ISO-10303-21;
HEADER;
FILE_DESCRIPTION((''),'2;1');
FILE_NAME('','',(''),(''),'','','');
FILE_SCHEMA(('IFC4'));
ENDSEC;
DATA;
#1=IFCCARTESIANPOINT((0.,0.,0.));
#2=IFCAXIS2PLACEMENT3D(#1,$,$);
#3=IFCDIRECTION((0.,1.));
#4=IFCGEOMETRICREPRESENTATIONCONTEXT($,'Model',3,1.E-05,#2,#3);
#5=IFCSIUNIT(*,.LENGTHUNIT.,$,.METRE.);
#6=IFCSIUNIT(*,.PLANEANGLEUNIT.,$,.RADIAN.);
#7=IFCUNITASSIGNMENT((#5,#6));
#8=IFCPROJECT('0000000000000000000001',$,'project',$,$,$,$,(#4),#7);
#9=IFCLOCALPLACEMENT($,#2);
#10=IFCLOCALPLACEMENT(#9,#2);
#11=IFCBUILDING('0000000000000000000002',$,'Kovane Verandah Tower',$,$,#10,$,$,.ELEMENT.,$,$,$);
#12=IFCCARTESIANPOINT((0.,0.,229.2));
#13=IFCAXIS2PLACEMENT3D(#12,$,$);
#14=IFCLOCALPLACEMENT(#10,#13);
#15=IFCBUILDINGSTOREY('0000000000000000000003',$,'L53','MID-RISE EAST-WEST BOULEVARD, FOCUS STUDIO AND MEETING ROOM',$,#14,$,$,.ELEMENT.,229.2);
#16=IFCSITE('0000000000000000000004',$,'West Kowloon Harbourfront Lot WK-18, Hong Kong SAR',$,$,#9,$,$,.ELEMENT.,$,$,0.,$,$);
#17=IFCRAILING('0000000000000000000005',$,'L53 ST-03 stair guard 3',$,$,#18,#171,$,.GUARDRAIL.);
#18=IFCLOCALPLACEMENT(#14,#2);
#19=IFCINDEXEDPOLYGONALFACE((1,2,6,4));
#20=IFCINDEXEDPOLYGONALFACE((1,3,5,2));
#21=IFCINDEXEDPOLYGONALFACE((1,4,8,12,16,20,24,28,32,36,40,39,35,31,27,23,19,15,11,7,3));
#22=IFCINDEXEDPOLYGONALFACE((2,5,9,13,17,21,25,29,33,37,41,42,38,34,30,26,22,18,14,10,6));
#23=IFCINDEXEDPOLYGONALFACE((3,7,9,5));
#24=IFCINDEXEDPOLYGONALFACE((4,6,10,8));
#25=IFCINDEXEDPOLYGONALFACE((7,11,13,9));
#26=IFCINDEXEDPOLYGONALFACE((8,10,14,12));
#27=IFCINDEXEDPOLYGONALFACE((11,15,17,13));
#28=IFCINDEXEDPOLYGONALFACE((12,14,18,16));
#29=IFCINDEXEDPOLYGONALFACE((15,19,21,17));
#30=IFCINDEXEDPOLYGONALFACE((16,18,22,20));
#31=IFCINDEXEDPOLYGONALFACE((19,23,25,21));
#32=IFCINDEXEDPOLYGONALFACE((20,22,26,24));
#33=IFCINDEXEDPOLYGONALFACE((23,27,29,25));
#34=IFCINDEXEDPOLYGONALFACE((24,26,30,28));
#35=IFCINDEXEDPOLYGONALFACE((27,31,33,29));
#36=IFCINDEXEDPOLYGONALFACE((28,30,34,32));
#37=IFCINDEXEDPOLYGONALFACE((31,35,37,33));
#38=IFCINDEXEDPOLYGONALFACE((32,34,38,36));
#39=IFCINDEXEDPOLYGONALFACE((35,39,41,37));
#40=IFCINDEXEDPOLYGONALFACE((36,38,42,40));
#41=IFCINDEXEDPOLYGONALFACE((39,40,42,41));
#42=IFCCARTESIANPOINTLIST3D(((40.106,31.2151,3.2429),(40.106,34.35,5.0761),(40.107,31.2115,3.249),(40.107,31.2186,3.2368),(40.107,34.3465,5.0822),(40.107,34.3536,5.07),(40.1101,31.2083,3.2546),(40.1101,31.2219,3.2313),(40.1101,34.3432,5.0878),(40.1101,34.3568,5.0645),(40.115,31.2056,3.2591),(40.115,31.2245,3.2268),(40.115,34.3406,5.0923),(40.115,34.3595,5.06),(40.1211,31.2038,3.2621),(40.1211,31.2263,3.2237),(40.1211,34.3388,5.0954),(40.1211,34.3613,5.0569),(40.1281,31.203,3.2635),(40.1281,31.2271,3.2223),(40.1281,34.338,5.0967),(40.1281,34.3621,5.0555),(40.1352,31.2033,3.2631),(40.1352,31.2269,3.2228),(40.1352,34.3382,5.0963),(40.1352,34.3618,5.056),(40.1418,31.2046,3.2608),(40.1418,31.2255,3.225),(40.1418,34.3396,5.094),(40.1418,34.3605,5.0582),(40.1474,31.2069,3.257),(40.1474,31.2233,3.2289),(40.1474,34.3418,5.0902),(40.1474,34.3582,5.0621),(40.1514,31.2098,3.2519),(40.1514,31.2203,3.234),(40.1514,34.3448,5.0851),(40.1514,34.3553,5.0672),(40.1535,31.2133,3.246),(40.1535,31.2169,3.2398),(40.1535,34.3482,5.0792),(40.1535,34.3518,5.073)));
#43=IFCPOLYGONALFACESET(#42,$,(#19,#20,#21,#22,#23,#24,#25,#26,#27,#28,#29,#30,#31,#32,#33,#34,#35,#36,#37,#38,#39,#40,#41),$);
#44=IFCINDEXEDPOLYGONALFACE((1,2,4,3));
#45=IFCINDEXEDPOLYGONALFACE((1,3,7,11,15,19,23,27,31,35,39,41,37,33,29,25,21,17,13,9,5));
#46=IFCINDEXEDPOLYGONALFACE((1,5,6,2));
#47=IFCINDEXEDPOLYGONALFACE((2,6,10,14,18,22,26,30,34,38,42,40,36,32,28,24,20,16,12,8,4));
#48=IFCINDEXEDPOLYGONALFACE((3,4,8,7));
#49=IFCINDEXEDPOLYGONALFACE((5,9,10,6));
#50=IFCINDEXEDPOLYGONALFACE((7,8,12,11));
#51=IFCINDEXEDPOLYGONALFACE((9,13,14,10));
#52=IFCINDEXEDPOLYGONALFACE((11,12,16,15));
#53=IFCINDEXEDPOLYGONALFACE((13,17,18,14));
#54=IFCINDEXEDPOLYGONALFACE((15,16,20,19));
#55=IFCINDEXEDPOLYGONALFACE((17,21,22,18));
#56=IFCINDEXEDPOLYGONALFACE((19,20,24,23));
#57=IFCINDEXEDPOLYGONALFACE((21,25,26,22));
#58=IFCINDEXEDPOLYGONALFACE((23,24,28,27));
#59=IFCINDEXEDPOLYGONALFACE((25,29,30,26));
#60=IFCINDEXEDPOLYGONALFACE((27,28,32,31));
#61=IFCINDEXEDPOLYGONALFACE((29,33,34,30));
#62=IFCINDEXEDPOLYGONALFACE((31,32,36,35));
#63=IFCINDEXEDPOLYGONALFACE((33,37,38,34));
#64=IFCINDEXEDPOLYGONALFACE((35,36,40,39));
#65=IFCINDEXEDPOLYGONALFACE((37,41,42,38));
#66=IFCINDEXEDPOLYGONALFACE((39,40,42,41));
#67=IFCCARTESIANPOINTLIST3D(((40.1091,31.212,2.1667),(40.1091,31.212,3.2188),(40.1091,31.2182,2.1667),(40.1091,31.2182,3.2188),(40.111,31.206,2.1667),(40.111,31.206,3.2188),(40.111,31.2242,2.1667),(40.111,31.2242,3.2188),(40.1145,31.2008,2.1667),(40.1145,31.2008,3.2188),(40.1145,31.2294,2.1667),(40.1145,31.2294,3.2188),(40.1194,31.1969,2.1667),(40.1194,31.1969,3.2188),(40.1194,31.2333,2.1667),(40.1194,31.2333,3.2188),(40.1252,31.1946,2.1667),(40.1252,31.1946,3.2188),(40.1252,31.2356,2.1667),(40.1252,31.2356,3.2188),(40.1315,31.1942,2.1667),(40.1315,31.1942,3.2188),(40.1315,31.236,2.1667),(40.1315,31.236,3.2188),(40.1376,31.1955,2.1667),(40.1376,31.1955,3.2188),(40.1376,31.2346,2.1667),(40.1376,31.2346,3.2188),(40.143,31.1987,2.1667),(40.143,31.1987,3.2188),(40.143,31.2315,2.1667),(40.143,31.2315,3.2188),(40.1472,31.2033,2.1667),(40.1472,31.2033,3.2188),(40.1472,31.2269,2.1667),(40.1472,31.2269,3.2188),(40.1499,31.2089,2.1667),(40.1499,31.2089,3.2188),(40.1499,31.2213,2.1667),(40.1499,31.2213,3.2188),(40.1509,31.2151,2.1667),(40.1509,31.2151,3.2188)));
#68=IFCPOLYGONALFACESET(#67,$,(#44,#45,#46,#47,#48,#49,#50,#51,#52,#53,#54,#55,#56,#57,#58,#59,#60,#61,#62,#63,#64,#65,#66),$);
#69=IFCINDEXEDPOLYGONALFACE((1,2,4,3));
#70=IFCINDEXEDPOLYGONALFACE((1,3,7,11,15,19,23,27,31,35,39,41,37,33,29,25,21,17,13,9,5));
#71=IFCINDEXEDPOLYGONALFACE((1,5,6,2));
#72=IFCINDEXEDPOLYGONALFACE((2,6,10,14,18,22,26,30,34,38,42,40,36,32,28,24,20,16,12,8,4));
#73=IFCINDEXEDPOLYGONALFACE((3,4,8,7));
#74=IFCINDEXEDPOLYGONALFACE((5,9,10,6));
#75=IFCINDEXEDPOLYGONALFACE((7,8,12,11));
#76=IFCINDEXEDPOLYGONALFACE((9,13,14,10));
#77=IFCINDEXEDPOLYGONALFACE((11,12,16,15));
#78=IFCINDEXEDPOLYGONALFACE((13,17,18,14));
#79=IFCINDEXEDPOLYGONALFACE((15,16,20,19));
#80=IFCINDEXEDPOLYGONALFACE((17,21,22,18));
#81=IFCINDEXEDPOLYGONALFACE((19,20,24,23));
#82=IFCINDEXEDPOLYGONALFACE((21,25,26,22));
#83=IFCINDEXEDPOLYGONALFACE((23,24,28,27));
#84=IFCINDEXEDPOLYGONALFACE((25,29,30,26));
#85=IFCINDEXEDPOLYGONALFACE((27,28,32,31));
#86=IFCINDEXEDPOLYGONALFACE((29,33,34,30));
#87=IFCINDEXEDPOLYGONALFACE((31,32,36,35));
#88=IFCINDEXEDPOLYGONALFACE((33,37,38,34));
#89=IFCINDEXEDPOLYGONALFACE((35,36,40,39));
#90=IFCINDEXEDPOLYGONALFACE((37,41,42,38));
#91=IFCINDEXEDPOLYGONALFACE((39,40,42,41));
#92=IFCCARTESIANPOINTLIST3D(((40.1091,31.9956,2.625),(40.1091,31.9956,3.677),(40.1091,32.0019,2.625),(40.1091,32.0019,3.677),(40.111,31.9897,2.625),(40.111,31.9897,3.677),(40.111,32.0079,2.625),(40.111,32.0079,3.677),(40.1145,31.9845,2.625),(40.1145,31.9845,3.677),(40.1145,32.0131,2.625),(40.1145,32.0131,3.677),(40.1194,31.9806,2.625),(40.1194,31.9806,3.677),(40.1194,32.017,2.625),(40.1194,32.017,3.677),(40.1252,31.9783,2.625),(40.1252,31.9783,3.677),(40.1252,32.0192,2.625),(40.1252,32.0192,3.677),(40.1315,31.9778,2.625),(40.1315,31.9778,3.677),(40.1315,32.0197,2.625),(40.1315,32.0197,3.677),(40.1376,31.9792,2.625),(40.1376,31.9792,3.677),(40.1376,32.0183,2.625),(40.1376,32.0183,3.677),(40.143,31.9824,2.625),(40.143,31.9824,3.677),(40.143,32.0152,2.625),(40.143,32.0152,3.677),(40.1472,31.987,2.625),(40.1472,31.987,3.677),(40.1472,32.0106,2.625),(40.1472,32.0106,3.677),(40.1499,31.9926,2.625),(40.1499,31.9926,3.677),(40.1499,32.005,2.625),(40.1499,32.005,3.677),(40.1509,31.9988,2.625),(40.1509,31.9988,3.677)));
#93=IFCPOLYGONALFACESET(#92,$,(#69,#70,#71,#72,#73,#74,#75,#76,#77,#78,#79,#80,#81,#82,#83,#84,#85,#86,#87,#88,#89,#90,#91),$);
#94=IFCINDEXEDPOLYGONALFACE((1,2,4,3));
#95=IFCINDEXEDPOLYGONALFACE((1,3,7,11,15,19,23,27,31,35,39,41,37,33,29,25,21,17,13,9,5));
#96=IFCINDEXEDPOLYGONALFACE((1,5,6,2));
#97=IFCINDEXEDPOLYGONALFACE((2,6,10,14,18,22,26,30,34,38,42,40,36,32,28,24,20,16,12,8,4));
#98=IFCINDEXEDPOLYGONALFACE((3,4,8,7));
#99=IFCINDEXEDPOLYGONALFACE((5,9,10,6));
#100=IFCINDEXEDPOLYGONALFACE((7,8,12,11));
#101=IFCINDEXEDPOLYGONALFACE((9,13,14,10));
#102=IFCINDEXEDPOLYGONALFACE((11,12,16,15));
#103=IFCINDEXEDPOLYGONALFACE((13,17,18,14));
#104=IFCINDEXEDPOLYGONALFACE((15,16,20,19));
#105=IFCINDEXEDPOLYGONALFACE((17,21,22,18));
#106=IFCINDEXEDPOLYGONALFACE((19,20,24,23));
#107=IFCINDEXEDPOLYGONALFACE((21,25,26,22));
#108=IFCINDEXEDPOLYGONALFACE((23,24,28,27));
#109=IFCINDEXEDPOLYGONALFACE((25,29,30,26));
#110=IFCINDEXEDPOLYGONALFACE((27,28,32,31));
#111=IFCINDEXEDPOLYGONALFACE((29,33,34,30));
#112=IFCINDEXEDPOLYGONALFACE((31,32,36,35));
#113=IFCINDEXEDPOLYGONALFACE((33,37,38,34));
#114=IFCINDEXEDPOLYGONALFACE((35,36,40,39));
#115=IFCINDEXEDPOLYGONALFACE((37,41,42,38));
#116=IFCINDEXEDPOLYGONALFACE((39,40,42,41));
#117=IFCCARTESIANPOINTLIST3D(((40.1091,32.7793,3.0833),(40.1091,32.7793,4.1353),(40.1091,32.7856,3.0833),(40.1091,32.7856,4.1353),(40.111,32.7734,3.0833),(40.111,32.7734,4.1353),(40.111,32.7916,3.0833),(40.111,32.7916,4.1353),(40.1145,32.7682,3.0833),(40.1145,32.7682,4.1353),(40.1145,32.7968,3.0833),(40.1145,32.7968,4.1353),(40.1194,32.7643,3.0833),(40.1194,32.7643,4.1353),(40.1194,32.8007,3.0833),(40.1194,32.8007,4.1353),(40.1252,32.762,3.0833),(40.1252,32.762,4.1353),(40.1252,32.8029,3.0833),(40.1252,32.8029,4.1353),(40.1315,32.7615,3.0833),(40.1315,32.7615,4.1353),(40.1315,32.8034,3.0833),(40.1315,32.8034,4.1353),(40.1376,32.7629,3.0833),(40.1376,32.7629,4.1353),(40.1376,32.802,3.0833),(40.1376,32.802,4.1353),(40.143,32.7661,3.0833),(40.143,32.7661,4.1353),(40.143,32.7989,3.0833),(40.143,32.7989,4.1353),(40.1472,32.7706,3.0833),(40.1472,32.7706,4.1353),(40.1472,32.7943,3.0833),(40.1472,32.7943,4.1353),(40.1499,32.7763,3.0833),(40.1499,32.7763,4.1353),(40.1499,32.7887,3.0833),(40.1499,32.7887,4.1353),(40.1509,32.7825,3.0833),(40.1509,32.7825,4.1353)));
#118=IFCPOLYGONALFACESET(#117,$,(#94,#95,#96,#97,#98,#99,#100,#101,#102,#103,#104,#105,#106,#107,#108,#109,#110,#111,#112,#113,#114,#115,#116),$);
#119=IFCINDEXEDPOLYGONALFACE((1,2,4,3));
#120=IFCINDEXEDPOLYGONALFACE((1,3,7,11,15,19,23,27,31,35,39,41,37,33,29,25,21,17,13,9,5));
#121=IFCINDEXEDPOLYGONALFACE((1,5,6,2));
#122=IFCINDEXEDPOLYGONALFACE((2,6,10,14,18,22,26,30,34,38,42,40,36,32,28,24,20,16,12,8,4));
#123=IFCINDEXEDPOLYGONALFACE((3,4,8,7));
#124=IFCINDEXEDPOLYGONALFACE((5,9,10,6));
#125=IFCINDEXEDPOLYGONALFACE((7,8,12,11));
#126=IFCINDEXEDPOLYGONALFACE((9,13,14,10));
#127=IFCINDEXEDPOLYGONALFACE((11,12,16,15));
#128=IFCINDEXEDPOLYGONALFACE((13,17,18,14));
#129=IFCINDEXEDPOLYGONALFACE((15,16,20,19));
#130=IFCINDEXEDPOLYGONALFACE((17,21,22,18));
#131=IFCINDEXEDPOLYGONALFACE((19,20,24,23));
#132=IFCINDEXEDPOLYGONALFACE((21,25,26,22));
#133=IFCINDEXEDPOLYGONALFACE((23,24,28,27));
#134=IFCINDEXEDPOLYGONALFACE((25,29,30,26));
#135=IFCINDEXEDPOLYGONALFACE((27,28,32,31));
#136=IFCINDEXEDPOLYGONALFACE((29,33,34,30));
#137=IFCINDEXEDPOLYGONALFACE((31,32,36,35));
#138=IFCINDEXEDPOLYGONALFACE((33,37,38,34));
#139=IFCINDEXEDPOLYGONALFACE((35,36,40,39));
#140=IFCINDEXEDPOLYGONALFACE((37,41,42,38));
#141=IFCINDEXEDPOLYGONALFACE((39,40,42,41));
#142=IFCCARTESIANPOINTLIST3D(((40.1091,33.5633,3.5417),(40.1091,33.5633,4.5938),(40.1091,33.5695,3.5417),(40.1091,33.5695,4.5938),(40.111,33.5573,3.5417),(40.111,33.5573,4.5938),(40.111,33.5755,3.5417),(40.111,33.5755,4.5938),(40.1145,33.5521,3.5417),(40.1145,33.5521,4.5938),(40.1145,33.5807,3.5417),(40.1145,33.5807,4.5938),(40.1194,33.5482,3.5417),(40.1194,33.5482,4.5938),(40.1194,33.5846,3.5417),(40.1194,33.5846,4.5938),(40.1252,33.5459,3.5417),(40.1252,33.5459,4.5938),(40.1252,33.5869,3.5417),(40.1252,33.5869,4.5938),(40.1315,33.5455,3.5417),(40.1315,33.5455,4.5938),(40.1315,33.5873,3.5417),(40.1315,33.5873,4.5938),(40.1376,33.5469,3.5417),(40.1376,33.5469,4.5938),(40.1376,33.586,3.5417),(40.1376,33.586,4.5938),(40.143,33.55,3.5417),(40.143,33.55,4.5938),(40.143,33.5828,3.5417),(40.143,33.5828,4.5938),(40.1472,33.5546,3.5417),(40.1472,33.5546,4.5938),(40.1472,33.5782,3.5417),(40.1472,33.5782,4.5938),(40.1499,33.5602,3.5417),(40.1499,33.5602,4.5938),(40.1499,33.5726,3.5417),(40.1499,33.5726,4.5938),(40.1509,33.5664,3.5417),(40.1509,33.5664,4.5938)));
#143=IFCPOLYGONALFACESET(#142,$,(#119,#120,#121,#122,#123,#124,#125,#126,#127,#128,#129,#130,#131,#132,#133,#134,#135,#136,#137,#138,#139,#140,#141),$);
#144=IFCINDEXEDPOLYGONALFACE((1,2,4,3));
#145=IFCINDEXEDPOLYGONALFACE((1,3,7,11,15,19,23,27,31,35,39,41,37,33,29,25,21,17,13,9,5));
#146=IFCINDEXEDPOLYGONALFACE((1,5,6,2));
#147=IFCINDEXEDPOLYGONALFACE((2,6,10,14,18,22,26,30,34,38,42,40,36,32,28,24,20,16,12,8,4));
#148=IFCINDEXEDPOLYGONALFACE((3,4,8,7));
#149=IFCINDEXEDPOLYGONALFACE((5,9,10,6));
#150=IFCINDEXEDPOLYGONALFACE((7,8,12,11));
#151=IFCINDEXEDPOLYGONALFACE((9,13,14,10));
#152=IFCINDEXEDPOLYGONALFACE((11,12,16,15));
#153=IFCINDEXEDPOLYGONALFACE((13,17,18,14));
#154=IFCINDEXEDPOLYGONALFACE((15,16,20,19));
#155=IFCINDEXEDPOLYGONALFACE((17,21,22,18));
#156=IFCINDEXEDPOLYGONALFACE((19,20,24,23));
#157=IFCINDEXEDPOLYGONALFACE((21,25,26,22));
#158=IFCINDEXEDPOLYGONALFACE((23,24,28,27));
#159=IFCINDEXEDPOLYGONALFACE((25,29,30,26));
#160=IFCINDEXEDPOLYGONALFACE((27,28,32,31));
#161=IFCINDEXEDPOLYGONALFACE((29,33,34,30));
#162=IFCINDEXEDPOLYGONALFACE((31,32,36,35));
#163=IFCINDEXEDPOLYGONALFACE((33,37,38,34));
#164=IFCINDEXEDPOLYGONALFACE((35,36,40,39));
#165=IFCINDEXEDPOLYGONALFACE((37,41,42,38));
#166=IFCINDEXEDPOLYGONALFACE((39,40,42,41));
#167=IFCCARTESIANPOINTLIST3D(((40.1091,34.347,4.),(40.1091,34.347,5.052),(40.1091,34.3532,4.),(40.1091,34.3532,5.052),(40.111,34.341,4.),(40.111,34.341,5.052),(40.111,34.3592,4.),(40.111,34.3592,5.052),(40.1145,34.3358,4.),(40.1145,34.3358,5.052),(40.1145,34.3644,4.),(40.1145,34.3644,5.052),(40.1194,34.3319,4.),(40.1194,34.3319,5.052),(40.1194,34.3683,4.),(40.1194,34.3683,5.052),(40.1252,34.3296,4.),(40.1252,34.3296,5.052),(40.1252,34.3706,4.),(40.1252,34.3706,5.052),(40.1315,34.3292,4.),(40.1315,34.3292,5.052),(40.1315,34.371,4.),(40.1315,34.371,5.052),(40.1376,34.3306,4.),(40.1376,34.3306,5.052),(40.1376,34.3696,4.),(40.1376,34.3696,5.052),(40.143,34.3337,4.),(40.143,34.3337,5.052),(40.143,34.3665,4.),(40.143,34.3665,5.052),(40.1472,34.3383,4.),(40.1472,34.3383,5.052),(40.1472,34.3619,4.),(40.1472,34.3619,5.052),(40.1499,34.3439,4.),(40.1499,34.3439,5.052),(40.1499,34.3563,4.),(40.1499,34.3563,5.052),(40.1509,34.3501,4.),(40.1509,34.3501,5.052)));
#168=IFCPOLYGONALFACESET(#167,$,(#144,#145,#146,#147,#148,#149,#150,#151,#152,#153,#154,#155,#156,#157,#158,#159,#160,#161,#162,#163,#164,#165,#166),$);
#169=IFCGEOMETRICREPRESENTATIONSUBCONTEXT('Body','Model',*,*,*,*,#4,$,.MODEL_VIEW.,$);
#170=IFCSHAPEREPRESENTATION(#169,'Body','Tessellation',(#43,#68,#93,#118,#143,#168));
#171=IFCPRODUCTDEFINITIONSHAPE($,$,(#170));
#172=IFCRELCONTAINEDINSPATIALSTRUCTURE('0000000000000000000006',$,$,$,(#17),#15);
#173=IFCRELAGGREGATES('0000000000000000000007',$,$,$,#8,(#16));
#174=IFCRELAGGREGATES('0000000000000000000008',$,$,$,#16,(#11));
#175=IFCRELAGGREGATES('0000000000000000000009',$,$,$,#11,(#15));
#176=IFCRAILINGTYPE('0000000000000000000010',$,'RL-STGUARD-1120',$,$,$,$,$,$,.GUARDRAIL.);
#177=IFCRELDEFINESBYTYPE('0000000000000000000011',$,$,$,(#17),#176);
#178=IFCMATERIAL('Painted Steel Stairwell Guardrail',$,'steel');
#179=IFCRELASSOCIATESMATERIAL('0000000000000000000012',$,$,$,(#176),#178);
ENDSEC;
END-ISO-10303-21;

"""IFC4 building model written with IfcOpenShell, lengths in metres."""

from ifc_helpers import new_model, si_unit, direction, frame, origin, origin_2d, place, context, subcontext, project, spatial, circle, extrude, material, type_object, element, save


model = new_model("IFC4")

# Units and contexts
model_context = context("Model", 3, precision=1e-05, world=origin(), true_north=direction((0.0, 1.0)))
body_context = subcontext(model_context, "Body", "Model", "MODEL_VIEW")
ifc_project = project(units=[si_unit("LENGTHUNIT", "METRE"), si_unit("PLANEANGLEUNIT", "RADIAN")], contexts=[model_context])

# Site, building, storey
site_placement = place(None, origin())
site = spatial("IfcSite", under=ifc_project, at=site_placement, Name="West Kowloon Harbourfront Lot WK-18, Hong Kong SAR", CompositionType="ELEMENT", RefElevation=0.0)
building_placement = place(site_placement, origin())
building = spatial("IfcBuilding", under=site, at=building_placement, Name="Kovane Verandah Tower", CompositionType="ELEMENT")
storey_placement = place(building_placement, frame((0.0, 0.0, 229.2)))
storey = spatial("IfcBuildingStorey", under=building, at=storey_placement, Name="L53", Description="MID-RISE EAST-WEST BOULEVARD, FOCUS STUDIO AND MEETING ROOM", CompositionType="ELEMENT", Elevation=229.2)

# Railing
ifc_material_1 = material(Name="Painted Steel Stairwell Guardrail", Category="steel")
railing_type_1 = type_object("IfcRailingType", Name="RL-STGUARD-1120", PredefinedType="GUARDRAIL", material=ifc_material_1)
railing_1_placement = place(storey_placement, frame((40.1299, 31.2151, 2.1667)))
element("IfcRailing", 1, at=railing_1_placement, inside=storey, type_object=railing_type_1, Name="L53 ST-03 stair guard 3", PredefinedType="GUARDRAIL", context=body_context, shape_type="SweptSolid", body=[
    extrude(circle(Radius=0.0239, at=origin_2d()), frame((0.0, 0.0, 1.0762), z_axis=(0.0, 0.86324, 0.504794), x_axis=(-1.0, 0.0, 0.0)), (0.0, 0.0, 1.0), 3.6316),
    extrude(circle(Radius=0.021, at=origin_2d()), origin(), (0.0, 0.0, 1.0), 1.052),
    extrude(circle(Radius=0.021, at=origin_2d()), frame((0.0, 0.7837, 0.4583)), (0.0, 0.0, 1.0), 1.052),
    extrude(circle(Radius=0.021, at=origin_2d()), frame((0.0, 1.5674, 0.9165)), (0.0, 0.0, 1.0), 1.052),
    extrude(circle(Radius=0.021, at=origin_2d()), frame((0.0, 2.3513, 1.375)), (0.0, 0.0, 1.0), 1.052),
    extrude(circle(Radius=0.021, at=origin_2d()), frame((0.0, 3.135, 1.8333)), (0.0, 0.0, 1.0), 1.052),
])

save(model, "model.ifc")
